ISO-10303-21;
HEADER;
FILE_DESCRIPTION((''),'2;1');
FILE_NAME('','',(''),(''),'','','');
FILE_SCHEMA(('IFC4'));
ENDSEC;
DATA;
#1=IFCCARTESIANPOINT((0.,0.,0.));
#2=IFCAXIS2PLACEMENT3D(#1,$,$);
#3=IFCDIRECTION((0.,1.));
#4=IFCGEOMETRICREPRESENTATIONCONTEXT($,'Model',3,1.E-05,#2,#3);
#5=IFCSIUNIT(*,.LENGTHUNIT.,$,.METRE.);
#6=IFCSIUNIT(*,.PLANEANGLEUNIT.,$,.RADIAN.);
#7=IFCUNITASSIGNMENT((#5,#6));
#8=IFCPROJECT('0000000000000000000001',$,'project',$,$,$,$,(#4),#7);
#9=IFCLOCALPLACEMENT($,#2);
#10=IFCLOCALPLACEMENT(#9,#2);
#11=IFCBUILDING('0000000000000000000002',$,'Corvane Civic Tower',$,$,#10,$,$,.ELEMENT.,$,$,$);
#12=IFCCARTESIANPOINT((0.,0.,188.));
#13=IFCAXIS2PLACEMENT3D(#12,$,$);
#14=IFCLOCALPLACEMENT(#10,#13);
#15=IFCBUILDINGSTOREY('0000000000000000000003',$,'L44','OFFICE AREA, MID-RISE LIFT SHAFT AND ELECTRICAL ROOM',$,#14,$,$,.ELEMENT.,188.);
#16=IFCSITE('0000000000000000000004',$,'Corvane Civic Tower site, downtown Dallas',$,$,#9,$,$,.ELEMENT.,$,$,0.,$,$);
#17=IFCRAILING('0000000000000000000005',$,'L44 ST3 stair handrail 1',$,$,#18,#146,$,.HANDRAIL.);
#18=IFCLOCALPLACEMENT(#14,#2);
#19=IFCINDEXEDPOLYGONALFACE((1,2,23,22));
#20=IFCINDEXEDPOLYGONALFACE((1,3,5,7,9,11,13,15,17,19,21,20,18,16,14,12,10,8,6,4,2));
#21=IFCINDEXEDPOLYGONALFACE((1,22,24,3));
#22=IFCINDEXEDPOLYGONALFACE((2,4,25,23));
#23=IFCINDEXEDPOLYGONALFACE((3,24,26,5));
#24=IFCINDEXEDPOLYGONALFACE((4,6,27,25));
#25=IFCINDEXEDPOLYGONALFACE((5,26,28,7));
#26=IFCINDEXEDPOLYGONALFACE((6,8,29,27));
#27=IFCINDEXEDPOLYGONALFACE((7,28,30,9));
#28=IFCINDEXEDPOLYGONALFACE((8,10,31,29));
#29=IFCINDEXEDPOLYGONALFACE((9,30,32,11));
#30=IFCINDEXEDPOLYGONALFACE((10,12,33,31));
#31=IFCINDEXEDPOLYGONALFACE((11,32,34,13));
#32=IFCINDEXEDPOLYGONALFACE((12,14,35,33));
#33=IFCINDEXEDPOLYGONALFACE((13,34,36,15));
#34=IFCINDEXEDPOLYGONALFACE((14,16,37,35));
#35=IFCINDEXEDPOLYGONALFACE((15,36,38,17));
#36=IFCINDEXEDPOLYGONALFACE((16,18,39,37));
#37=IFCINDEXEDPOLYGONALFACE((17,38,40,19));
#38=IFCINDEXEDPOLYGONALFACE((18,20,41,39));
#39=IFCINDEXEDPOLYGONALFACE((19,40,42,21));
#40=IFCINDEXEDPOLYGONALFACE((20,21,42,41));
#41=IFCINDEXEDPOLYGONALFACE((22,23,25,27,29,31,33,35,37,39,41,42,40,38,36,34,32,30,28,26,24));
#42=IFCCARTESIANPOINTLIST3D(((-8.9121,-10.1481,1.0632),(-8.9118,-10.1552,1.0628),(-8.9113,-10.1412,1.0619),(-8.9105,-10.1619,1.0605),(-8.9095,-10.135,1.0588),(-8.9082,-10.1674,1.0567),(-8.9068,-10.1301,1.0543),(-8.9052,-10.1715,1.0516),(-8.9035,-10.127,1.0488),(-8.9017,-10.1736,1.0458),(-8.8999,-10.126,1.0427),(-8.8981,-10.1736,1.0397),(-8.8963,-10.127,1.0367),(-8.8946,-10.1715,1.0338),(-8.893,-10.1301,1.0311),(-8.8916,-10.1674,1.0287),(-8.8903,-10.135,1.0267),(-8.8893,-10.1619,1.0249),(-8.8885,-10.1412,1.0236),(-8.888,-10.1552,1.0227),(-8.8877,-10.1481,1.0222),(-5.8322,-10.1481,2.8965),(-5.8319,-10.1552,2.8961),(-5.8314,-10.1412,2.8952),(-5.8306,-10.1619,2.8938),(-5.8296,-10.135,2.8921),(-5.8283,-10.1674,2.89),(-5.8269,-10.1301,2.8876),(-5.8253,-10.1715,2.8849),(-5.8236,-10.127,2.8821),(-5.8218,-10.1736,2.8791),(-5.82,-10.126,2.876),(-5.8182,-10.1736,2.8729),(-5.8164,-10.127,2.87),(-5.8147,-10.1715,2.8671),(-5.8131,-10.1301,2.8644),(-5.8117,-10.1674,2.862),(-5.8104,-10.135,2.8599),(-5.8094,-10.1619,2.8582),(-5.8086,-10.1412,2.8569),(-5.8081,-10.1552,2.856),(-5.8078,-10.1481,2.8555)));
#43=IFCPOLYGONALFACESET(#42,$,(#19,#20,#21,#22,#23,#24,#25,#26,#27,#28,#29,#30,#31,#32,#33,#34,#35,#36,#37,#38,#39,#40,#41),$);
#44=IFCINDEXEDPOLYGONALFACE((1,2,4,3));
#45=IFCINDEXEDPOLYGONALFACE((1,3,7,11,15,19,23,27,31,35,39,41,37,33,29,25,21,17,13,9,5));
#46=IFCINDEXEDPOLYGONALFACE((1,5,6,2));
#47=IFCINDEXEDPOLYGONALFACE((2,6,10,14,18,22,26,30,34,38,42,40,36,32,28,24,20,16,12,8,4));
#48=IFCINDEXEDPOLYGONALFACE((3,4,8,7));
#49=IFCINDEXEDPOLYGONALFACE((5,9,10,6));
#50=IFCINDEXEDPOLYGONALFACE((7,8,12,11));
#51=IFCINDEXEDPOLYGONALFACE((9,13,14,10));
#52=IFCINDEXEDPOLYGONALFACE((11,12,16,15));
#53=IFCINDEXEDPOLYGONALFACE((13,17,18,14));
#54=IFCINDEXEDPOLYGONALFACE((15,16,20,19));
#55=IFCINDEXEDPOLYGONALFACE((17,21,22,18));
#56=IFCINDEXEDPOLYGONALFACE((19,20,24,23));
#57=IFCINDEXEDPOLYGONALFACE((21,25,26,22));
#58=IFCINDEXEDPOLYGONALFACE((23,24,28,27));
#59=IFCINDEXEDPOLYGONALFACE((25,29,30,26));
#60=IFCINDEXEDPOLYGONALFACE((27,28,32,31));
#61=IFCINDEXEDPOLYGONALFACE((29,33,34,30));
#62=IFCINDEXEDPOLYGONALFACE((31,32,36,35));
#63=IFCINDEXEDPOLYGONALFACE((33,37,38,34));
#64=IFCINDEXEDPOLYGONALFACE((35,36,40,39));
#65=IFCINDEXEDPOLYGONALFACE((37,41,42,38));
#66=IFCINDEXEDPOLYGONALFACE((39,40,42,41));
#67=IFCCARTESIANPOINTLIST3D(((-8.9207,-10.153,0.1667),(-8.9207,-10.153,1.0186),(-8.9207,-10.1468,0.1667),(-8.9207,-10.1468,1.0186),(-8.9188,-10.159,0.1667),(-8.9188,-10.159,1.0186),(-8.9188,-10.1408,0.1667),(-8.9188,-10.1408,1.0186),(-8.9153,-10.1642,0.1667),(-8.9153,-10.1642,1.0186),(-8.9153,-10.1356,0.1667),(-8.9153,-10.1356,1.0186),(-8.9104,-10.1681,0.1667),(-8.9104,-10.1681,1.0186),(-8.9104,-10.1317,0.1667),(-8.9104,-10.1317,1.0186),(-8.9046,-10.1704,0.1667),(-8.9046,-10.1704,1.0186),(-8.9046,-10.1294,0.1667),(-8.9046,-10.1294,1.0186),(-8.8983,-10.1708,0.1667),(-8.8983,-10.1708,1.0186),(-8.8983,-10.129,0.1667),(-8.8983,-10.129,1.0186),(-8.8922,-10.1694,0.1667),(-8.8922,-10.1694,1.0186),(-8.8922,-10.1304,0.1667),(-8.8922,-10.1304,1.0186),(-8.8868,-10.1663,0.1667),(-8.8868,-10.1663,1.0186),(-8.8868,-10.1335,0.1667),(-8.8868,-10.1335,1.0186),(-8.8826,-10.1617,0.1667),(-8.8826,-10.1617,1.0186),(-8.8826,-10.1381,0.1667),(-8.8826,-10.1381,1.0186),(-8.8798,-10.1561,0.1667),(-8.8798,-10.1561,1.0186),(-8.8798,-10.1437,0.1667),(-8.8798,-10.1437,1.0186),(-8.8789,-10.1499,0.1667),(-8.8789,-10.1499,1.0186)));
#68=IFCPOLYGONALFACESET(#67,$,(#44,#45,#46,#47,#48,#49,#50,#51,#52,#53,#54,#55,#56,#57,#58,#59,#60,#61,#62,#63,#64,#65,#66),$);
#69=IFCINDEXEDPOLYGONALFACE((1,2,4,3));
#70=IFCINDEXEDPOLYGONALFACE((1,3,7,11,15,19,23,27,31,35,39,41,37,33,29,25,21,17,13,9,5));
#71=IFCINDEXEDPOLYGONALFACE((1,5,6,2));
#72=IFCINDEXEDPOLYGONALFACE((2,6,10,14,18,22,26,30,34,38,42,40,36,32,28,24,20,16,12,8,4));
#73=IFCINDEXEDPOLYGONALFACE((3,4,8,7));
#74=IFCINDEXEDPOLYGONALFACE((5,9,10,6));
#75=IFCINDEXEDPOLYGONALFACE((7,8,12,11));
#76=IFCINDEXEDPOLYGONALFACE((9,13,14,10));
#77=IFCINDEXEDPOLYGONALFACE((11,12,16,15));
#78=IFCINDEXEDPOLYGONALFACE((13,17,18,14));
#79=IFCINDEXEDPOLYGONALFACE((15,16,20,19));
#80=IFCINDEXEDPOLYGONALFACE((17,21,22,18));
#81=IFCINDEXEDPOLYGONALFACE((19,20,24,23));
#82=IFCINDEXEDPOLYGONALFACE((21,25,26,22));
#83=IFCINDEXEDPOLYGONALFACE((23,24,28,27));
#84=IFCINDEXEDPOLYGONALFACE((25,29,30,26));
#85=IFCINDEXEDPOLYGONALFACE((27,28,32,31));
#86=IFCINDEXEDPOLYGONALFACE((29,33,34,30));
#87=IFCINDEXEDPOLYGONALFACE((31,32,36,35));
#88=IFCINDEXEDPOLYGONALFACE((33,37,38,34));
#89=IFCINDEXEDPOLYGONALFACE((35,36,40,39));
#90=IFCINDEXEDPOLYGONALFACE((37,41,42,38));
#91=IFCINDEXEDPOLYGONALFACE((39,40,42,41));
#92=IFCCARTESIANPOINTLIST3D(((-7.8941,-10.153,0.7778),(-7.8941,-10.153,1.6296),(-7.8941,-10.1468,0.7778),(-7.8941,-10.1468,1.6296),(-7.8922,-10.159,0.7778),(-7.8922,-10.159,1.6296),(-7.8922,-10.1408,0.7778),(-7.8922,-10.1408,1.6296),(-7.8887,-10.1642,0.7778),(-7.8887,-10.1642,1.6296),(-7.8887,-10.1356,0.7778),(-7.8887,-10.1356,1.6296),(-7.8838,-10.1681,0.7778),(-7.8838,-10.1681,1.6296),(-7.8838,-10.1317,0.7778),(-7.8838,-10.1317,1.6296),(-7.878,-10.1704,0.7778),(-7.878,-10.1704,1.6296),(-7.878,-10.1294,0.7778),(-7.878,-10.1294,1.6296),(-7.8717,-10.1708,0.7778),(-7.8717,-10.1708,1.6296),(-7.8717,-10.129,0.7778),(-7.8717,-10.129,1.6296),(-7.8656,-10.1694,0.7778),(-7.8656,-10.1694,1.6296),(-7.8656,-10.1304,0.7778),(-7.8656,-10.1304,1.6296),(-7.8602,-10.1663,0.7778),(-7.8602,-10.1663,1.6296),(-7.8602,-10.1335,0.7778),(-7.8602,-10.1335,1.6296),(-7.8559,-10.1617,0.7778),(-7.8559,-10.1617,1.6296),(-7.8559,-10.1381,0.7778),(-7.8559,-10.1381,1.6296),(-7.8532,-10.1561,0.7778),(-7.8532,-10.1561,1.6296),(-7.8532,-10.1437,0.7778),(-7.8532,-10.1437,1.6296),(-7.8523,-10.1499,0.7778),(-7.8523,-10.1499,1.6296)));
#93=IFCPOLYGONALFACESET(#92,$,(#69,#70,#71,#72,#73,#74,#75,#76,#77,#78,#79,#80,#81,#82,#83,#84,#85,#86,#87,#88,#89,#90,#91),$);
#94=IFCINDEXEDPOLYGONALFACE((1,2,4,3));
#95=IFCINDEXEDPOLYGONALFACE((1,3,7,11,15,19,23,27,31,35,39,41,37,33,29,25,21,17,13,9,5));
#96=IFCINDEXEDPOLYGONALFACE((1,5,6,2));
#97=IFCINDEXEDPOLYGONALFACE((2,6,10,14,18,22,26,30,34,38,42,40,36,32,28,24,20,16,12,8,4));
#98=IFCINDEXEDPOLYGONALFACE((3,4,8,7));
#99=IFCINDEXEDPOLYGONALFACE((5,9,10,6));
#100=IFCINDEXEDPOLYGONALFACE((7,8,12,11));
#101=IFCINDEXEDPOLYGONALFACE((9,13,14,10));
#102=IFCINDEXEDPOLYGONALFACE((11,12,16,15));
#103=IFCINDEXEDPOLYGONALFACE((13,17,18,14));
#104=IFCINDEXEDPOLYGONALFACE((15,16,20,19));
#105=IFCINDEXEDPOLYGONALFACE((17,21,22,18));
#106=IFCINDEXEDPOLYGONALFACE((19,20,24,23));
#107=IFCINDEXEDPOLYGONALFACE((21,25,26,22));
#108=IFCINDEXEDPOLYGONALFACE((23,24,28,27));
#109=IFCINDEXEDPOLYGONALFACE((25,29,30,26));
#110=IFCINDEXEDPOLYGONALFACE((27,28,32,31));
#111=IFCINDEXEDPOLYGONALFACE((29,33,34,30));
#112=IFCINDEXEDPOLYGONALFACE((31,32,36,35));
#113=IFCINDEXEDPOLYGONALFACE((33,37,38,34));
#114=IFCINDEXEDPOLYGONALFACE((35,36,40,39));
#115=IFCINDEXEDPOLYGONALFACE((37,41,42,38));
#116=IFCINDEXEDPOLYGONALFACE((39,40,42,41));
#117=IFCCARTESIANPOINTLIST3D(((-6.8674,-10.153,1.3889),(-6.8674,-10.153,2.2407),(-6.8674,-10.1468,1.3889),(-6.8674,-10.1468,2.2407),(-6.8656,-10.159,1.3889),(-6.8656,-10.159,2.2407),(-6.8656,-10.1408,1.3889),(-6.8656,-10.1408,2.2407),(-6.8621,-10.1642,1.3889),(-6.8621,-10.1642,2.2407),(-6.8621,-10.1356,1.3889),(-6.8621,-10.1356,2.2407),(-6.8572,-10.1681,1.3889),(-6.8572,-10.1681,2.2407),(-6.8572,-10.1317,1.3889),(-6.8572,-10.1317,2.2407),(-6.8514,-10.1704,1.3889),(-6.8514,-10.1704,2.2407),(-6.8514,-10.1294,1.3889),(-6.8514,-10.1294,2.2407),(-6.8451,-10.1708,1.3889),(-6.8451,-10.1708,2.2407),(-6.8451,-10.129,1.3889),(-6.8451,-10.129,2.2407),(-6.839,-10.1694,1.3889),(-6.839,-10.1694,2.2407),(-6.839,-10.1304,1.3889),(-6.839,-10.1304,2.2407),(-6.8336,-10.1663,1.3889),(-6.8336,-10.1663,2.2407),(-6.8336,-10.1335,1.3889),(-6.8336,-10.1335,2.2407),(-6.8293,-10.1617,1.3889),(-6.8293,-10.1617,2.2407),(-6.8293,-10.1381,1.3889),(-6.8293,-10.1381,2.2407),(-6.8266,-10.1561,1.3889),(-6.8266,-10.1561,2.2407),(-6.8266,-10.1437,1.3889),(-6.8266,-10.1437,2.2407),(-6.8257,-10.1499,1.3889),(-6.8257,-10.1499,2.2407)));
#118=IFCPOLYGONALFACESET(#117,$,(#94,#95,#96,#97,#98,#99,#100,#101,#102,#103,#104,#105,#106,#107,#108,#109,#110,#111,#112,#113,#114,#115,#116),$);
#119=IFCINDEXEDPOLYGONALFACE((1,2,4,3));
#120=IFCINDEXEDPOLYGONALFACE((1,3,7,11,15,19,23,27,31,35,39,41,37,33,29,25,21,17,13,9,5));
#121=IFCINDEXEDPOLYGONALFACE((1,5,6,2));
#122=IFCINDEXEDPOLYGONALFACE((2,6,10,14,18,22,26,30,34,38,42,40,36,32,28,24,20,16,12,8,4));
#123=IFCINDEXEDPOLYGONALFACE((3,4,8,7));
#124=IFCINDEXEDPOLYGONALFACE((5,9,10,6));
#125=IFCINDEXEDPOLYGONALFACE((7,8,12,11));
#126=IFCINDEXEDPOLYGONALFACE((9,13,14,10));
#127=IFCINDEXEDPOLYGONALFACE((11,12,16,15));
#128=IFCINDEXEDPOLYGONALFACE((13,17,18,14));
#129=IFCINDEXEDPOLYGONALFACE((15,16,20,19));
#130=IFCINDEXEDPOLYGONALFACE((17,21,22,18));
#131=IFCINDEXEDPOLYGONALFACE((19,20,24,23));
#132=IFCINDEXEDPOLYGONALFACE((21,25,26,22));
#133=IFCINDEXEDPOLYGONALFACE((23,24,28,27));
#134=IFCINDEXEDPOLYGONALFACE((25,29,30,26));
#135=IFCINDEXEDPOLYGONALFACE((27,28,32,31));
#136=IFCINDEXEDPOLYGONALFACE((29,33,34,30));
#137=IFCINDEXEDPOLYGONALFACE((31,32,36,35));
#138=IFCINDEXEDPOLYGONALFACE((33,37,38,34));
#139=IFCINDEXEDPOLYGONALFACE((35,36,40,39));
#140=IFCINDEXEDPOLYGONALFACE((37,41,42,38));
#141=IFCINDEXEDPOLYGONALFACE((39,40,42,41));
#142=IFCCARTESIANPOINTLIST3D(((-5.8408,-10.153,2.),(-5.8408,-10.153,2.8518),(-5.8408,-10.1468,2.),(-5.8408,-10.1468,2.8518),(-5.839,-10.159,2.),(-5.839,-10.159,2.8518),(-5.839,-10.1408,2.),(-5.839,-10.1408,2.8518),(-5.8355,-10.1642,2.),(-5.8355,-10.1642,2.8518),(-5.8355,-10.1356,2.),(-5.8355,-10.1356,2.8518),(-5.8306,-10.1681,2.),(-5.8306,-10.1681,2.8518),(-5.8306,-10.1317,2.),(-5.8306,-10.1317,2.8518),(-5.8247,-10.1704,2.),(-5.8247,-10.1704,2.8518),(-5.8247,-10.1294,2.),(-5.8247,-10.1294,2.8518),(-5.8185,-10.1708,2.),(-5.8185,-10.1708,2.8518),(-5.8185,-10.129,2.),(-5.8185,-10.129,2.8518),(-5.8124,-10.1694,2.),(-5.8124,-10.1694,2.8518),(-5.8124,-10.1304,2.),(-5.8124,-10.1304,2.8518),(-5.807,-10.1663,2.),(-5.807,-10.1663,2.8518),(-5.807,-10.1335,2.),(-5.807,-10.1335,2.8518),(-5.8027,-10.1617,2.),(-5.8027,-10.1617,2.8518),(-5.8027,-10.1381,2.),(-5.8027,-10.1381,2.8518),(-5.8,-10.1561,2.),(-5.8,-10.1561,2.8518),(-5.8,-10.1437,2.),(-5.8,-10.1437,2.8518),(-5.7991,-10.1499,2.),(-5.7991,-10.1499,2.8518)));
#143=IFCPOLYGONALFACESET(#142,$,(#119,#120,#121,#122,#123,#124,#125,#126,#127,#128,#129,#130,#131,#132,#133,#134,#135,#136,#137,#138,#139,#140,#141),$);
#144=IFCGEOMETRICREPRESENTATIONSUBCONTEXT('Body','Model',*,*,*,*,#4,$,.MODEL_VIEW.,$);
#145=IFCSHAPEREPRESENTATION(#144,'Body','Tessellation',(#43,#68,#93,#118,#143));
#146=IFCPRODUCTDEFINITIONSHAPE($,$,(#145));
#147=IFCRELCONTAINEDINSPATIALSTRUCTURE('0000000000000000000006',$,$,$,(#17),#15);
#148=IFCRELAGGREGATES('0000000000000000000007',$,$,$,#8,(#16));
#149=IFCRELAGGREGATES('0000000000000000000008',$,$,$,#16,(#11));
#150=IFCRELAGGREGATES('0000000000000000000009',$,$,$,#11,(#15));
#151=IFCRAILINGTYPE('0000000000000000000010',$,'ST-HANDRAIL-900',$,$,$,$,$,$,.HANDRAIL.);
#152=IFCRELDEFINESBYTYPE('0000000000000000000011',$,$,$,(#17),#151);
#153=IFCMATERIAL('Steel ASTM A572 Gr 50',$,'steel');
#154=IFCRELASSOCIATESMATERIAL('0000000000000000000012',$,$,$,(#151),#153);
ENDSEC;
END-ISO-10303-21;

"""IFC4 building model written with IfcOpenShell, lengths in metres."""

from ifc_helpers import new_model, si_unit, direction, frame, origin, origin_2d, place, context, subcontext, project, spatial, circle, extrude, material, type_object, element, save


model = new_model("IFC4")

# Units and contexts
model_context = context("Model", 3, precision=1e-05, world=origin(), true_north=direction((0.0, 1.0)))
body_context = subcontext(model_context, "Body", "Model", "MODEL_VIEW")
ifc_project = project(units=[si_unit("LENGTHUNIT", "METRE"), si_unit("PLANEANGLEUNIT", "RADIAN")], contexts=[model_context])

# Site, building, storey
site_placement = place(None, origin())
site = spatial("IfcSite", under=ifc_project, at=site_placement, Name="Corvane Civic Tower site, downtown Dallas", CompositionType="ELEMENT", RefElevation=0.0)
building_placement = place(site_placement, origin())
building = spatial("IfcBuilding", under=site, at=building_placement, Name="Corvane Civic Tower", CompositionType="ELEMENT")
storey_placement = place(building_placement, frame((0.0, 0.0, 188.0)))
storey = spatial("IfcBuildingStorey", under=building, at=storey_placement, Name="L44", Description="OFFICE AREA, MID-RISE LIFT SHAFT AND ELECTRICAL ROOM", CompositionType="ELEMENT", Elevation=188.0)

# Railing
ifc_material_1 = material(Name="Steel ASTM A572 Gr 50", Category="steel")
railing_type_1 = type_object("IfcRailingType", Name="ST-HANDRAIL-900", PredefinedType="HANDRAIL", material=ifc_material_1)
railing_1_placement = place(storey_placement, frame((-8.8999, -10.1499, 0.1667)))
element("IfcRailing", 1, at=railing_1_placement, inside=storey, type_object=railing_type_1, Name="L44 ST3 stair handrail 1", PredefinedType="HANDRAIL", context=body_context, shape_type="SweptSolid", body=[
    extrude(circle(Radius=0.0239, at=origin_2d()), frame((0.0, 0.0, 0.876), z_axis=(0.859291, 0.0, 0.511487), x_axis=(0.0, 1.0, 0.0)), (0.0, 0.0, 1.0), 3.5842),
    extrude(circle(Radius=0.021, at=origin_2d()), origin(), (0.0, 0.0, 1.0), 0.8518),
    extrude(circle(Radius=0.021, at=origin_2d()), frame((1.0266, 0.0, 0.6111)), (0.0, 0.0, 1.0), 0.8518),
    extrude(circle(Radius=0.021, at=origin_2d()), frame((2.0532, 0.0, 1.2222)), (0.0, 0.0, 1.0), 0.8518),
    extrude(circle(Radius=0.021, at=origin_2d()), frame((3.0798, 0.0, 1.8333)), (0.0, 0.0, 1.0), 0.8518),
])

save(model, "model.ifc")
